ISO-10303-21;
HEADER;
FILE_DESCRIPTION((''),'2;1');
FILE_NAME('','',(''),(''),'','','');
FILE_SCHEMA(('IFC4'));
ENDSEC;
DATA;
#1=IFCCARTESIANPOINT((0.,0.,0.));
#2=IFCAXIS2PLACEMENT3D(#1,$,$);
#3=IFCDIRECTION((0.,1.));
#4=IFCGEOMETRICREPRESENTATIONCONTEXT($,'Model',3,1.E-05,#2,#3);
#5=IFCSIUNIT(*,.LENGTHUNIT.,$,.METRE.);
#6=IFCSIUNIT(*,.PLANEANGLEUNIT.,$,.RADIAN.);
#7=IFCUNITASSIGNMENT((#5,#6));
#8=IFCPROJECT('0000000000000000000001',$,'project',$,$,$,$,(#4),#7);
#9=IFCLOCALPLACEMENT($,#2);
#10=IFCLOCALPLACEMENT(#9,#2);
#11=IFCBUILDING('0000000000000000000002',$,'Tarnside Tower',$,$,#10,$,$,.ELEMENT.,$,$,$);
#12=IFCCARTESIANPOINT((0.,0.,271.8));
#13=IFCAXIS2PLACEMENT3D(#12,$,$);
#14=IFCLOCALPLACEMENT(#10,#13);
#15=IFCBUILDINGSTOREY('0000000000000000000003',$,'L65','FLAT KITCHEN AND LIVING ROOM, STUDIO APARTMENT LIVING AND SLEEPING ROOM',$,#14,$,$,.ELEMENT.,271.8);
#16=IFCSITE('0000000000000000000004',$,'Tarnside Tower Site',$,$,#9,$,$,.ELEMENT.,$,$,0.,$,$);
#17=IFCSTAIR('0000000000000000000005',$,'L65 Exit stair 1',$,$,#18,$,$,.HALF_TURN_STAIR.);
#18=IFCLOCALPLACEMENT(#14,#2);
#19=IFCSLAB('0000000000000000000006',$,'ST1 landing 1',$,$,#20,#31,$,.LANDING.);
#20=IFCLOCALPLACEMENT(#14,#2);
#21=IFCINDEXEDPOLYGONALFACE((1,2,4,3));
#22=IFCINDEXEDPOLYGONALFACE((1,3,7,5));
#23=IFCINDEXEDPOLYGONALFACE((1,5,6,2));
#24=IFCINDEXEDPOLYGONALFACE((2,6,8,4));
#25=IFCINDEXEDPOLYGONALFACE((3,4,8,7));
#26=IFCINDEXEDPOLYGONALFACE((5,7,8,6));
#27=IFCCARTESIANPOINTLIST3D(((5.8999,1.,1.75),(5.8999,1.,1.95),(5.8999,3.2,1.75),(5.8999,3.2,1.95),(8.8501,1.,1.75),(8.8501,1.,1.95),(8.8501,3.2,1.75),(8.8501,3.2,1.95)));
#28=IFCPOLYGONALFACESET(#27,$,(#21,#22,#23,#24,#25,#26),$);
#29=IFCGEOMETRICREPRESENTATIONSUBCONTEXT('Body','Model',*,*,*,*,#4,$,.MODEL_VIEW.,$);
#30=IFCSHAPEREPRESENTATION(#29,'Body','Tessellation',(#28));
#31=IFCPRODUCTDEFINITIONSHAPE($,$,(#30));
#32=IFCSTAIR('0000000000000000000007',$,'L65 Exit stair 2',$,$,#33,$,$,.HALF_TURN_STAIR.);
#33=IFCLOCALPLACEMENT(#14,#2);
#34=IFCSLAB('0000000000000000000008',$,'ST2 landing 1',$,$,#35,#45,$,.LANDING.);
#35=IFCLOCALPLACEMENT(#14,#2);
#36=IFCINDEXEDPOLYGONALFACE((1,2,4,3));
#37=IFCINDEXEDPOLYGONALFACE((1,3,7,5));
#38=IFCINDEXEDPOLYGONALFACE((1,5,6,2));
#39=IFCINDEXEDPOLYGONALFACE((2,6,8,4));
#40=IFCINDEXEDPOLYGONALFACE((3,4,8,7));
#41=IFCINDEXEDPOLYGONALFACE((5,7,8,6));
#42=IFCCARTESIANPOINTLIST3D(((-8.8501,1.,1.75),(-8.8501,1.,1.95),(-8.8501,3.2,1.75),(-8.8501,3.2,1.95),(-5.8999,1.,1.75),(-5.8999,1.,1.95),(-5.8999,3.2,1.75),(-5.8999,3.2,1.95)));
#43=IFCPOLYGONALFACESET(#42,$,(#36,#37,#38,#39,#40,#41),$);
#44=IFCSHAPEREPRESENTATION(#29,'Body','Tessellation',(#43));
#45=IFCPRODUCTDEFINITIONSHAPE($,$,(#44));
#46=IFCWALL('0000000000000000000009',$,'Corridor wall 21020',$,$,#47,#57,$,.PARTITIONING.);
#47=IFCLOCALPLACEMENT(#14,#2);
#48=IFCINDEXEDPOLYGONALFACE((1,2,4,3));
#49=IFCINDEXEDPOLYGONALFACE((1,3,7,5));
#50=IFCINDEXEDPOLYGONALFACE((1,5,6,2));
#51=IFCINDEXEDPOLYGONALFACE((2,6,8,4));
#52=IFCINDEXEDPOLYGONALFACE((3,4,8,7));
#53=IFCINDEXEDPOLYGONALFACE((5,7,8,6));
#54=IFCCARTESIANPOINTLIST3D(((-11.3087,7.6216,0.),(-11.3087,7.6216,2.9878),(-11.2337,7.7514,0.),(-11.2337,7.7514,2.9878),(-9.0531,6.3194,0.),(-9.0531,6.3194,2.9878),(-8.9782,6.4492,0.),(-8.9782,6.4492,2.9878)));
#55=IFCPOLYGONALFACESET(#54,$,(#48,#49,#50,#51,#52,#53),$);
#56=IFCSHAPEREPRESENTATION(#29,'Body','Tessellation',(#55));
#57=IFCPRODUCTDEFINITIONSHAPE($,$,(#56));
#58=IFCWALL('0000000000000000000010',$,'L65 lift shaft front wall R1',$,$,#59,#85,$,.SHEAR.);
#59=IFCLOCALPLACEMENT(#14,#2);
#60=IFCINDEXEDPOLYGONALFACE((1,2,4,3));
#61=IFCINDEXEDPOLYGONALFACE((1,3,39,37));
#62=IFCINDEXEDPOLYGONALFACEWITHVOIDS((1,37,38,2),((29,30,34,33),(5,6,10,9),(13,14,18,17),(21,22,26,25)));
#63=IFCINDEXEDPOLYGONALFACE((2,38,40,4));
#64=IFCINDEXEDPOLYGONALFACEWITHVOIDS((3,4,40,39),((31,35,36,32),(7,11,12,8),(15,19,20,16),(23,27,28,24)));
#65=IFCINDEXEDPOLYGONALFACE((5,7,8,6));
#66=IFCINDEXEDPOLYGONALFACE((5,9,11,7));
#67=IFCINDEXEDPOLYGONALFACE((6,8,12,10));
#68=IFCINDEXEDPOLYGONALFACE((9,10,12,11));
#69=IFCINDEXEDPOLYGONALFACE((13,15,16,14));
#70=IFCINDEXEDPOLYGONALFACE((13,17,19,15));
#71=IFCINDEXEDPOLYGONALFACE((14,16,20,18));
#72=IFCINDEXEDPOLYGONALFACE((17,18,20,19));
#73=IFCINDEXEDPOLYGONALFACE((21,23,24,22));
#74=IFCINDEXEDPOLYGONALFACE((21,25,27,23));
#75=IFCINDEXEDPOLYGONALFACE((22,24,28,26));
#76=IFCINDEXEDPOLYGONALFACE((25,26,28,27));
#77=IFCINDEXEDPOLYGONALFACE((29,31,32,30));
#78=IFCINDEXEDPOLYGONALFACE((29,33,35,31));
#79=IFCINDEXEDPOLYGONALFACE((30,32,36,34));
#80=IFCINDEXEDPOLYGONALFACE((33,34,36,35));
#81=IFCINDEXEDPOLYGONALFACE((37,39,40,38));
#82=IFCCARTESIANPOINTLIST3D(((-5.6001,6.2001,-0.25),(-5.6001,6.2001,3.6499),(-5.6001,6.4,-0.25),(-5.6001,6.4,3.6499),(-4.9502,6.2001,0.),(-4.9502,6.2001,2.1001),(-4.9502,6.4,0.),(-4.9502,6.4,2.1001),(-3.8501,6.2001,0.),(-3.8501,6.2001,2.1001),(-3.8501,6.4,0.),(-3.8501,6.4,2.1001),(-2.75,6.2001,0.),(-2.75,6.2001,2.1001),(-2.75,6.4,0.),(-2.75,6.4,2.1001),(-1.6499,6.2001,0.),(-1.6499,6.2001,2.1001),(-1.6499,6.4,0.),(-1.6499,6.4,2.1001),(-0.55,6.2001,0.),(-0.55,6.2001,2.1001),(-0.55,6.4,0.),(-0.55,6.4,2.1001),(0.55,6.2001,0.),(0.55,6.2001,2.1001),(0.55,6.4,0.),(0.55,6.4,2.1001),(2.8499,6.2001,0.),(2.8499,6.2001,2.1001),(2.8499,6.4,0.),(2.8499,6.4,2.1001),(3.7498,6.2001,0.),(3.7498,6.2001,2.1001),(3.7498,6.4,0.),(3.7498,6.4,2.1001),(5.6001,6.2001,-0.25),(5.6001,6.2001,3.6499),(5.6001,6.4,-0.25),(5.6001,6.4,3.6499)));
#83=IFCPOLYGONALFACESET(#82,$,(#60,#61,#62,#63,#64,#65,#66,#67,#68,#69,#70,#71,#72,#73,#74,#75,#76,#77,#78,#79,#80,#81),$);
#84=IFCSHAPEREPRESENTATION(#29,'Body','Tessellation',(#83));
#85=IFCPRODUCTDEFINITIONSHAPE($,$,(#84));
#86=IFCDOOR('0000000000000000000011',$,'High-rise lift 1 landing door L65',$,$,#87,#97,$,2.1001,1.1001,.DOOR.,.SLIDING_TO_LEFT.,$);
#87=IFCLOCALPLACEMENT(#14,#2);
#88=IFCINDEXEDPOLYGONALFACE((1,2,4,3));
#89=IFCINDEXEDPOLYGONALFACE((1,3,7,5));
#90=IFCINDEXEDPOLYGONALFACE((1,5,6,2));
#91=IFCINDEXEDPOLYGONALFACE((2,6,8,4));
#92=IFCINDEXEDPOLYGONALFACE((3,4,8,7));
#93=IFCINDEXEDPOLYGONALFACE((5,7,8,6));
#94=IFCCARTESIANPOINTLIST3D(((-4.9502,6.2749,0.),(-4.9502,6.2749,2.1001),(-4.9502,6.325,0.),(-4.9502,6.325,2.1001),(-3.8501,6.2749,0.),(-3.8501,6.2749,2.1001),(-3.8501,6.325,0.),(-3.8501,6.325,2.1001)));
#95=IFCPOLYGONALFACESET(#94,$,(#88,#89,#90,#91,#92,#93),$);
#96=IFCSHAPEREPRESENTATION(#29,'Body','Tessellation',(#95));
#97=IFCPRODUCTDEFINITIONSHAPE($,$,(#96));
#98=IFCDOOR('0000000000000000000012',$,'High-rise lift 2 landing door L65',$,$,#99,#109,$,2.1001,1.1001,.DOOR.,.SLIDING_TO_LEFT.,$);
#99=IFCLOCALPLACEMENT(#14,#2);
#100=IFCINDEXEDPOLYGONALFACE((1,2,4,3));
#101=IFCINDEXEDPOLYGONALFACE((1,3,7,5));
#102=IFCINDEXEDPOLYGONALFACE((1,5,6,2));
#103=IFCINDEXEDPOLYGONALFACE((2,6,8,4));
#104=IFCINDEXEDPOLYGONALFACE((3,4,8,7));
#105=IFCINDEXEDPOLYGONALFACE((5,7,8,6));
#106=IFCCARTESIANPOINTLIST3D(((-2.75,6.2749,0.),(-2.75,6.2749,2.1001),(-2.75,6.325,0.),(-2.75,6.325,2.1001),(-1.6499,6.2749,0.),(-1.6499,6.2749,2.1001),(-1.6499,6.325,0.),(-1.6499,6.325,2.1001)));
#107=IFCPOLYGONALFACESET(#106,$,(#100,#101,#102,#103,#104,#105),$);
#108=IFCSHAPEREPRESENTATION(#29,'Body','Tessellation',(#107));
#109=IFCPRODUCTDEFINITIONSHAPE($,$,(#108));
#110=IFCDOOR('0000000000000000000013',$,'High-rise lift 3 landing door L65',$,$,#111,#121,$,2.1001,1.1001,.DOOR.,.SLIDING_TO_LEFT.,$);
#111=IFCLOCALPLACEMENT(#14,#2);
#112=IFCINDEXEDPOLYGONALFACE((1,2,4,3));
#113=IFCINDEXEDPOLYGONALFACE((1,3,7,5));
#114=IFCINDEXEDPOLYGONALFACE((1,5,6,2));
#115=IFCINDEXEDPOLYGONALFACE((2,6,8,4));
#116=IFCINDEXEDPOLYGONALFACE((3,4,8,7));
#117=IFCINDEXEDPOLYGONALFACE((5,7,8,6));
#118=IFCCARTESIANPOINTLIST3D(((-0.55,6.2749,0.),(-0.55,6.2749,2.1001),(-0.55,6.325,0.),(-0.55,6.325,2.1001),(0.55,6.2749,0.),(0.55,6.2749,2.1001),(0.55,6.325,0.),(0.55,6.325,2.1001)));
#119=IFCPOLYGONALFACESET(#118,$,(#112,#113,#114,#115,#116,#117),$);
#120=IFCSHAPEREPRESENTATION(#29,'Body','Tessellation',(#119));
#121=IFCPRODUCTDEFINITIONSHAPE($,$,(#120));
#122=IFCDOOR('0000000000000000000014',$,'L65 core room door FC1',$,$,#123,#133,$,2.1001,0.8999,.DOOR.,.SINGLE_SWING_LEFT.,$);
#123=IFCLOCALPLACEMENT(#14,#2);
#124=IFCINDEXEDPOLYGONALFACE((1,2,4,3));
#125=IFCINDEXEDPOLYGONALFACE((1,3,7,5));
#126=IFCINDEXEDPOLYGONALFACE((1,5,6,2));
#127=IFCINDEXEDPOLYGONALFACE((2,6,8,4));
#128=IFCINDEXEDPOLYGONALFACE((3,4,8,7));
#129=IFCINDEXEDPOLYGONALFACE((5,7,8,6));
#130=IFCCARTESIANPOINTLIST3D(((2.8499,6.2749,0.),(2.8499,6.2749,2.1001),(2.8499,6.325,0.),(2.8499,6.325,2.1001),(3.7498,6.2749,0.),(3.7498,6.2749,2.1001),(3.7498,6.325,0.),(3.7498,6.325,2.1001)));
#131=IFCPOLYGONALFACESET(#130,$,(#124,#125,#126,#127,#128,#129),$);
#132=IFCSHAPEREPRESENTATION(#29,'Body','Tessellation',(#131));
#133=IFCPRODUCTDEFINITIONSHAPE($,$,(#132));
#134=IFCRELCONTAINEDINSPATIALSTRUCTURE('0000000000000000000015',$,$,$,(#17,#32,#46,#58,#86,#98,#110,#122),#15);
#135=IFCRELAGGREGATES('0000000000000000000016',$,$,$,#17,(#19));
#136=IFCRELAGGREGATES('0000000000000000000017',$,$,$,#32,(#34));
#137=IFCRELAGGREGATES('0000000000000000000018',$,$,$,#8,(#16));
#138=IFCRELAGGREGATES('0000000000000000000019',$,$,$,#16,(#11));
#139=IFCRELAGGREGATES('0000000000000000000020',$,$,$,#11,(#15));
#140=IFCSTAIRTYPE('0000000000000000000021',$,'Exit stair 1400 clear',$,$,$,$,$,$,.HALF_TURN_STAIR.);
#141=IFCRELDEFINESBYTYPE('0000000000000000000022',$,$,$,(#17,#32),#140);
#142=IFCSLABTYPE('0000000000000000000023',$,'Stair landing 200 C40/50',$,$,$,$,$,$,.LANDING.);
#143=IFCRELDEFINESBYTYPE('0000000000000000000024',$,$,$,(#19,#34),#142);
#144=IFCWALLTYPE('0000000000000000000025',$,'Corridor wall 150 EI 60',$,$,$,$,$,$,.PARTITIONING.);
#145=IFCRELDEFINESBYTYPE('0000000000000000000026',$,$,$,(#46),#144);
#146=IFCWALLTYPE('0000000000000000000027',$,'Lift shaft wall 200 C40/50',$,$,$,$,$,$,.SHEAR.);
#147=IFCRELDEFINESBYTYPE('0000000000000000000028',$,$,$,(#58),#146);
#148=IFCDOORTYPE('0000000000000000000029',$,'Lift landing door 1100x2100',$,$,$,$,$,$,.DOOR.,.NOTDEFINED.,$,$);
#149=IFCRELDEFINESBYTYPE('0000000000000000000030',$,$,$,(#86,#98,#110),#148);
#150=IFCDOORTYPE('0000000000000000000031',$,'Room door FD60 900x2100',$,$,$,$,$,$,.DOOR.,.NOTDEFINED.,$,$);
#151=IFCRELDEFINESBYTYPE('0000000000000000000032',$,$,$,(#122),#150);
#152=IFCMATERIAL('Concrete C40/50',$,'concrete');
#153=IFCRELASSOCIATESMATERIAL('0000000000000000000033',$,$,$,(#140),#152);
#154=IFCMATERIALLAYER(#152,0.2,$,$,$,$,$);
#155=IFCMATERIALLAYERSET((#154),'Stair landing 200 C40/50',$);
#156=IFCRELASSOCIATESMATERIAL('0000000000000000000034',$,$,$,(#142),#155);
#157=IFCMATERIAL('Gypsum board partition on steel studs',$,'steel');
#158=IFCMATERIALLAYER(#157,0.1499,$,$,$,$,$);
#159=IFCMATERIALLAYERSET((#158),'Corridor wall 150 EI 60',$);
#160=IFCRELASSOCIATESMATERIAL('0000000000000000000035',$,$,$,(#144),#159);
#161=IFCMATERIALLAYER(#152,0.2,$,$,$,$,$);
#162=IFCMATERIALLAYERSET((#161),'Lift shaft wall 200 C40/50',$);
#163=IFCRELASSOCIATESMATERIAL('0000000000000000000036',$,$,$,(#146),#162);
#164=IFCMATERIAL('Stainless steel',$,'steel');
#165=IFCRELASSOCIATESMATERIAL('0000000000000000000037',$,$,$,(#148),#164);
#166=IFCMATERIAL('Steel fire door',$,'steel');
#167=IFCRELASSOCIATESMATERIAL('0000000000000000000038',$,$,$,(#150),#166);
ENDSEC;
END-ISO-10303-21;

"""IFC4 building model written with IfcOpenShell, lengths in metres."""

from ifc_helpers import new_model, si_unit, direction, frame, frame_2d, origin, place, context, subcontext, project, spatial, polyline, rectangle, outline, extrude, material, layer, layer_set, type_object, element, fill, aggregate, save


model = new_model("IFC4")

# Units and contexts
model_context = context("Model", 3, precision=1e-05, world=origin(), true_north=direction((0.0, 1.0)))
body_context = subcontext(model_context, "Body", "Model", "MODEL_VIEW")
ifc_project = project(units=[si_unit("LENGTHUNIT", "METRE"), si_unit("PLANEANGLEUNIT", "RADIAN")], contexts=[model_context])

# Site, building, storey
site_placement = place(None, origin())
site = spatial("IfcSite", under=ifc_project, at=site_placement, Name="Tarnside Tower Site", CompositionType="ELEMENT", RefElevation=0.0)
building_placement = place(site_placement, origin())
building = spatial("IfcBuilding", under=site, at=building_placement, Name="Tarnside Tower", CompositionType="ELEMENT")
storey_placement = place(building_placement, frame((0.0, 0.0, 271.8)))
storey = spatial("IfcBuildingStorey", under=building, at=storey_placement, Name="L65", Description="FLAT KITCHEN AND LIVING ROOM, STUDIO APARTMENT LIVING AND SLEEPING ROOM", CompositionType="ELEMENT", Elevation=271.8)

# Shared definitions
ifc_material_1 = material(Name="Concrete C40/50", Category="concrete")

# Stairs, slabs
stair_type = type_object("IfcStairType", Name="Exit stair 1400 clear", PredefinedType="HALF_TURN_STAIR", material=ifc_material_1)
stair_1_placement = place(storey_placement, origin())
stair_1 = element("IfcStair", 1, at=stair_1_placement, inside=storey, type_object=stair_type, Name="L65 Exit stair 1", PredefinedType="HALF_TURN_STAIR")
ifc_layer_1 = layer(ifc_material_1, 0.2)
ifc_layer_set_1 = layer_set([ifc_layer_1], Name="Stair landing 200 C40/50")
slab_type_1 = type_object("IfcSlabType", Name="Stair landing 200 C40/50", PredefinedType="LANDING", material=ifc_layer_set_1)
slab_1_placement = place(storey_placement, frame((0.0, 0.0, 1.75)))
slab_1 = element("IfcSlab", 2, at=slab_1_placement, type_object=slab_type_1, Name="ST1 landing 1", PredefinedType="LANDING", context=body_context, shape_type="SweptSolid", body=[
    extrude(outline(polyline([(8.8501, 1.0), (8.8501, 3.2), (5.8999, 3.2), (5.8999, 1.0), (8.8501, 1.0)])), origin(), (0.0, 0.0, 1.0), 0.2),
])
aggregate(stair_1, [slab_1])
stair_2_placement = place(storey_placement, origin())
stair_2 = element("IfcStair", 3, at=stair_2_placement, inside=storey, type_object=stair_type, Name="L65 Exit stair 2", PredefinedType="HALF_TURN_STAIR")
slab_2_placement = place(storey_placement, frame((0.0, 0.0, 1.75)))
slab_2 = element("IfcSlab", 4, at=slab_2_placement, type_object=slab_type_1, Name="ST2 landing 1", PredefinedType="LANDING", context=body_context, shape_type="SweptSolid", body=[
    extrude(outline(polyline([(-5.8999, 1.0), (-5.8999, 3.2), (-8.8501, 3.2), (-8.8501, 1.0), (-5.8999, 1.0)])), origin(), (0.0, 0.0, 1.0), 0.2),
])

# Wall
ifc_material_2 = material(Name="Gypsum board partition on steel studs", Category="steel")
ifc_layer_2 = layer(ifc_material_2, 0.1499)
ifc_layer_set_2 = layer_set([ifc_layer_2], Name="Corridor wall 150 EI 60")
wall_type_1 = type_object("IfcWallType", Name="Corridor wall 150 EI 60", PredefinedType="PARTITIONING", material=ifc_layer_set_2)
wall_1_placement = place(storey_placement, frame((-9.0156, 6.3843, 0.0), z_axis=(0.0, 0.0, 1.0), x_axis=(-0.866031, 0.49999, 0.0)))
element("IfcWall", 5, at=wall_1_placement, inside=storey, type_object=wall_type_1, Name="Corridor wall 21020", PredefinedType="PARTITIONING", context=body_context, shape_type="SweptSolid", body=[
    extrude(rectangle(XDim=2.6045, YDim=0.1499, at=frame_2d((1.3022, 0.0))), origin(), (0.0, 0.0, 1.0), 2.9878),
])

# Wall, openings, doors
ifc_layer_3 = layer(ifc_material_1, 0.2)
ifc_layer_set_3 = layer_set([ifc_layer_3], Name="Lift shaft wall 200 C40/50")
wall_type_2 = type_object("IfcWallType", Name="Lift shaft wall 200 C40/50", PredefinedType="SHEAR", material=ifc_layer_set_3)
wall_2_placement = place(storey_placement, frame((-5.6001, 6.3, -0.25), z_axis=(0.0, 0.0, 1.0), x_axis=(1.0, 0.0, 0.0)))
wall_2 = element("IfcWall", 6, at=wall_2_placement, inside=storey, type_object=wall_type_2, Name="L65 lift shaft front wall R1", PredefinedType="SHEAR", context=body_context, shape_type="SweptSolid", body=[
    extrude(rectangle(XDim=11.2002, YDim=0.2, at=frame_2d((5.6001, 0.0))), origin(), (0.0, 0.0, 1.0), 3.8999),
])
opening_1_placement = place(wall_2_placement, frame((8.45, 0.0, 0.25)))
opening_1 = element("IfcOpeningElement", 7, at=opening_1_placement, cuts=wall_2, PredefinedType="OPENING", context=body_context, shape_type="SweptSolid", body=[
    extrude(rectangle(XDim=0.8999, YDim=2.1001, at=frame_2d((0.45, 1.05))), frame((0.0, 0.1099, 0.0), z_axis=(0.0, -1.0, 0.0), x_axis=(1.0, 0.0, 0.0)), (0.0, 0.0, 1.0), 0.22),
])
opening_2_placement = place(wall_2_placement, frame((0.6499, 0.0, 0.25)))
opening_2 = element("IfcOpeningElement", 8, at=opening_2_placement, cuts=wall_2, PredefinedType="OPENING", context=body_context, shape_type="SweptSolid", body=[
    extrude(rectangle(XDim=1.1001, YDim=2.1001, at=frame_2d((0.55, 1.05))), frame((0.0, 0.1099, 0.0), z_axis=(0.0, -1.0, 0.0), x_axis=(1.0, 0.0, 0.0)), (0.0, 0.0, 1.0), 0.22),
])
opening_3_placement = place(wall_2_placement, frame((2.8501, 0.0, 0.25)))
opening_3 = element("IfcOpeningElement", 9, at=opening_3_placement, cuts=wall_2, PredefinedType="OPENING", context=body_context, shape_type="SweptSolid", body=[
    extrude(rectangle(XDim=1.1001, YDim=2.1001, at=frame_2d((0.55, 1.05))), frame((0.0, 0.1099, 0.0), z_axis=(0.0, -1.0, 0.0), x_axis=(1.0, 0.0, 0.0)), (0.0, 0.0, 1.0), 0.22),
])
opening_4_placement = place(wall_2_placement, frame((5.05, 0.0, 0.25)))
opening_4 = element("IfcOpeningElement", 10, at=opening_4_placement, cuts=wall_2, PredefinedType="OPENING", context=body_context, shape_type="SweptSolid", body=[
    extrude(rectangle(XDim=1.1001, YDim=2.1001, at=frame_2d((0.55, 1.05))), frame((0.0, 0.1099, 0.0), z_axis=(0.0, -1.0, 0.0), x_axis=(1.0, 0.0, 0.0)), (0.0, 0.0, 1.0), 0.22),
])
ifc_material_3 = material(Name="Stainless steel", Category="steel")
door_type_1 = type_object("IfcDoorType", Name="Lift landing door 1100x2100", OperationType="NOTDEFINED", PredefinedType="DOOR", material=ifc_material_3)
door_1_placement = place(opening_2_placement, origin())
door_1 = element("IfcDoor", 11, at=door_1_placement, inside=storey, type_object=door_type_1, Name="High-rise lift 1 landing door L65", OperationType="SLIDING_TO_LEFT", OverallHeight=2.1001, OverallWidth=1.1001, PredefinedType="DOOR", context=body_context, shape_type="SweptSolid", body=[
    extrude(rectangle(XDim=1.1001, YDim=2.1001, at=frame_2d((0.55, 1.05))), frame((0.0, 0.0249, 0.0), z_axis=(0.0, -1.0, 0.0), x_axis=(1.0, 0.0, 0.0)), (0.0, 0.0, 1.0), 0.05),
])
fill(opening_2, door_1)
door_2_placement = place(opening_3_placement, origin())
door_2 = element("IfcDoor", 12, at=door_2_placement, inside=storey, type_object=door_type_1, Name="High-rise lift 2 landing door L65", OperationType="SLIDING_TO_LEFT", OverallHeight=2.1001, OverallWidth=1.1001, PredefinedType="DOOR", context=body_context, shape_type="SweptSolid", body=[
    extrude(rectangle(XDim=1.1001, YDim=2.1001, at=frame_2d((0.55, 1.05))), frame((0.0, 0.0249, 0.0), z_axis=(0.0, -1.0, 0.0), x_axis=(1.0, 0.0, 0.0)), (0.0, 0.0, 1.0), 0.05),
])
fill(opening_3, door_2)
door_3_placement = place(opening_4_placement, origin())
door_3 = element("IfcDoor", 13, at=door_3_placement, inside=storey, type_object=door_type_1, Name="High-rise lift 3 landing door L65", OperationType="SLIDING_TO_LEFT", OverallHeight=2.1001, OverallWidth=1.1001, PredefinedType="DOOR", context=body_context, shape_type="SweptSolid", body=[
    extrude(rectangle(XDim=1.1001, YDim=2.1001, at=frame_2d((0.55, 1.05))), frame((0.0, 0.0249, 0.0), z_axis=(0.0, -1.0, 0.0), x_axis=(1.0, 0.0, 0.0)), (0.0, 0.0, 1.0), 0.05),
])
fill(opening_4, door_3)
ifc_material_4 = material(Name="Steel fire door", Category="steel")
door_type_2 = type_object("IfcDoorType", Name="Room door FD60 900x2100", OperationType="NOTDEFINED", PredefinedType="DOOR", material=ifc_material_4)
door_4_placement = place(opening_1_placement, origin())
door_4 = element("IfcDoor", 14, at=door_4_placement, inside=storey, type_object=door_type_2, Name="L65 core room door FC1", OperationType="SINGLE_SWING_LEFT", OverallHeight=2.1001, OverallWidth=0.8999, PredefinedType="DOOR", context=body_context, shape_type="SweptSolid", body=[
    extrude(rectangle(XDim=0.8999, YDim=2.1001, at=frame_2d((0.45, 1.05))), frame((0.0, 0.0249, 0.0), z_axis=(0.0, -1.0, 0.0), x_axis=(1.0, 0.0, 0.0)), (0.0, 0.0, 1.0), 0.05),
])
fill(opening_1, door_4)

aggregate(stair_2, [slab_2])

save(model, "model.ifc")
